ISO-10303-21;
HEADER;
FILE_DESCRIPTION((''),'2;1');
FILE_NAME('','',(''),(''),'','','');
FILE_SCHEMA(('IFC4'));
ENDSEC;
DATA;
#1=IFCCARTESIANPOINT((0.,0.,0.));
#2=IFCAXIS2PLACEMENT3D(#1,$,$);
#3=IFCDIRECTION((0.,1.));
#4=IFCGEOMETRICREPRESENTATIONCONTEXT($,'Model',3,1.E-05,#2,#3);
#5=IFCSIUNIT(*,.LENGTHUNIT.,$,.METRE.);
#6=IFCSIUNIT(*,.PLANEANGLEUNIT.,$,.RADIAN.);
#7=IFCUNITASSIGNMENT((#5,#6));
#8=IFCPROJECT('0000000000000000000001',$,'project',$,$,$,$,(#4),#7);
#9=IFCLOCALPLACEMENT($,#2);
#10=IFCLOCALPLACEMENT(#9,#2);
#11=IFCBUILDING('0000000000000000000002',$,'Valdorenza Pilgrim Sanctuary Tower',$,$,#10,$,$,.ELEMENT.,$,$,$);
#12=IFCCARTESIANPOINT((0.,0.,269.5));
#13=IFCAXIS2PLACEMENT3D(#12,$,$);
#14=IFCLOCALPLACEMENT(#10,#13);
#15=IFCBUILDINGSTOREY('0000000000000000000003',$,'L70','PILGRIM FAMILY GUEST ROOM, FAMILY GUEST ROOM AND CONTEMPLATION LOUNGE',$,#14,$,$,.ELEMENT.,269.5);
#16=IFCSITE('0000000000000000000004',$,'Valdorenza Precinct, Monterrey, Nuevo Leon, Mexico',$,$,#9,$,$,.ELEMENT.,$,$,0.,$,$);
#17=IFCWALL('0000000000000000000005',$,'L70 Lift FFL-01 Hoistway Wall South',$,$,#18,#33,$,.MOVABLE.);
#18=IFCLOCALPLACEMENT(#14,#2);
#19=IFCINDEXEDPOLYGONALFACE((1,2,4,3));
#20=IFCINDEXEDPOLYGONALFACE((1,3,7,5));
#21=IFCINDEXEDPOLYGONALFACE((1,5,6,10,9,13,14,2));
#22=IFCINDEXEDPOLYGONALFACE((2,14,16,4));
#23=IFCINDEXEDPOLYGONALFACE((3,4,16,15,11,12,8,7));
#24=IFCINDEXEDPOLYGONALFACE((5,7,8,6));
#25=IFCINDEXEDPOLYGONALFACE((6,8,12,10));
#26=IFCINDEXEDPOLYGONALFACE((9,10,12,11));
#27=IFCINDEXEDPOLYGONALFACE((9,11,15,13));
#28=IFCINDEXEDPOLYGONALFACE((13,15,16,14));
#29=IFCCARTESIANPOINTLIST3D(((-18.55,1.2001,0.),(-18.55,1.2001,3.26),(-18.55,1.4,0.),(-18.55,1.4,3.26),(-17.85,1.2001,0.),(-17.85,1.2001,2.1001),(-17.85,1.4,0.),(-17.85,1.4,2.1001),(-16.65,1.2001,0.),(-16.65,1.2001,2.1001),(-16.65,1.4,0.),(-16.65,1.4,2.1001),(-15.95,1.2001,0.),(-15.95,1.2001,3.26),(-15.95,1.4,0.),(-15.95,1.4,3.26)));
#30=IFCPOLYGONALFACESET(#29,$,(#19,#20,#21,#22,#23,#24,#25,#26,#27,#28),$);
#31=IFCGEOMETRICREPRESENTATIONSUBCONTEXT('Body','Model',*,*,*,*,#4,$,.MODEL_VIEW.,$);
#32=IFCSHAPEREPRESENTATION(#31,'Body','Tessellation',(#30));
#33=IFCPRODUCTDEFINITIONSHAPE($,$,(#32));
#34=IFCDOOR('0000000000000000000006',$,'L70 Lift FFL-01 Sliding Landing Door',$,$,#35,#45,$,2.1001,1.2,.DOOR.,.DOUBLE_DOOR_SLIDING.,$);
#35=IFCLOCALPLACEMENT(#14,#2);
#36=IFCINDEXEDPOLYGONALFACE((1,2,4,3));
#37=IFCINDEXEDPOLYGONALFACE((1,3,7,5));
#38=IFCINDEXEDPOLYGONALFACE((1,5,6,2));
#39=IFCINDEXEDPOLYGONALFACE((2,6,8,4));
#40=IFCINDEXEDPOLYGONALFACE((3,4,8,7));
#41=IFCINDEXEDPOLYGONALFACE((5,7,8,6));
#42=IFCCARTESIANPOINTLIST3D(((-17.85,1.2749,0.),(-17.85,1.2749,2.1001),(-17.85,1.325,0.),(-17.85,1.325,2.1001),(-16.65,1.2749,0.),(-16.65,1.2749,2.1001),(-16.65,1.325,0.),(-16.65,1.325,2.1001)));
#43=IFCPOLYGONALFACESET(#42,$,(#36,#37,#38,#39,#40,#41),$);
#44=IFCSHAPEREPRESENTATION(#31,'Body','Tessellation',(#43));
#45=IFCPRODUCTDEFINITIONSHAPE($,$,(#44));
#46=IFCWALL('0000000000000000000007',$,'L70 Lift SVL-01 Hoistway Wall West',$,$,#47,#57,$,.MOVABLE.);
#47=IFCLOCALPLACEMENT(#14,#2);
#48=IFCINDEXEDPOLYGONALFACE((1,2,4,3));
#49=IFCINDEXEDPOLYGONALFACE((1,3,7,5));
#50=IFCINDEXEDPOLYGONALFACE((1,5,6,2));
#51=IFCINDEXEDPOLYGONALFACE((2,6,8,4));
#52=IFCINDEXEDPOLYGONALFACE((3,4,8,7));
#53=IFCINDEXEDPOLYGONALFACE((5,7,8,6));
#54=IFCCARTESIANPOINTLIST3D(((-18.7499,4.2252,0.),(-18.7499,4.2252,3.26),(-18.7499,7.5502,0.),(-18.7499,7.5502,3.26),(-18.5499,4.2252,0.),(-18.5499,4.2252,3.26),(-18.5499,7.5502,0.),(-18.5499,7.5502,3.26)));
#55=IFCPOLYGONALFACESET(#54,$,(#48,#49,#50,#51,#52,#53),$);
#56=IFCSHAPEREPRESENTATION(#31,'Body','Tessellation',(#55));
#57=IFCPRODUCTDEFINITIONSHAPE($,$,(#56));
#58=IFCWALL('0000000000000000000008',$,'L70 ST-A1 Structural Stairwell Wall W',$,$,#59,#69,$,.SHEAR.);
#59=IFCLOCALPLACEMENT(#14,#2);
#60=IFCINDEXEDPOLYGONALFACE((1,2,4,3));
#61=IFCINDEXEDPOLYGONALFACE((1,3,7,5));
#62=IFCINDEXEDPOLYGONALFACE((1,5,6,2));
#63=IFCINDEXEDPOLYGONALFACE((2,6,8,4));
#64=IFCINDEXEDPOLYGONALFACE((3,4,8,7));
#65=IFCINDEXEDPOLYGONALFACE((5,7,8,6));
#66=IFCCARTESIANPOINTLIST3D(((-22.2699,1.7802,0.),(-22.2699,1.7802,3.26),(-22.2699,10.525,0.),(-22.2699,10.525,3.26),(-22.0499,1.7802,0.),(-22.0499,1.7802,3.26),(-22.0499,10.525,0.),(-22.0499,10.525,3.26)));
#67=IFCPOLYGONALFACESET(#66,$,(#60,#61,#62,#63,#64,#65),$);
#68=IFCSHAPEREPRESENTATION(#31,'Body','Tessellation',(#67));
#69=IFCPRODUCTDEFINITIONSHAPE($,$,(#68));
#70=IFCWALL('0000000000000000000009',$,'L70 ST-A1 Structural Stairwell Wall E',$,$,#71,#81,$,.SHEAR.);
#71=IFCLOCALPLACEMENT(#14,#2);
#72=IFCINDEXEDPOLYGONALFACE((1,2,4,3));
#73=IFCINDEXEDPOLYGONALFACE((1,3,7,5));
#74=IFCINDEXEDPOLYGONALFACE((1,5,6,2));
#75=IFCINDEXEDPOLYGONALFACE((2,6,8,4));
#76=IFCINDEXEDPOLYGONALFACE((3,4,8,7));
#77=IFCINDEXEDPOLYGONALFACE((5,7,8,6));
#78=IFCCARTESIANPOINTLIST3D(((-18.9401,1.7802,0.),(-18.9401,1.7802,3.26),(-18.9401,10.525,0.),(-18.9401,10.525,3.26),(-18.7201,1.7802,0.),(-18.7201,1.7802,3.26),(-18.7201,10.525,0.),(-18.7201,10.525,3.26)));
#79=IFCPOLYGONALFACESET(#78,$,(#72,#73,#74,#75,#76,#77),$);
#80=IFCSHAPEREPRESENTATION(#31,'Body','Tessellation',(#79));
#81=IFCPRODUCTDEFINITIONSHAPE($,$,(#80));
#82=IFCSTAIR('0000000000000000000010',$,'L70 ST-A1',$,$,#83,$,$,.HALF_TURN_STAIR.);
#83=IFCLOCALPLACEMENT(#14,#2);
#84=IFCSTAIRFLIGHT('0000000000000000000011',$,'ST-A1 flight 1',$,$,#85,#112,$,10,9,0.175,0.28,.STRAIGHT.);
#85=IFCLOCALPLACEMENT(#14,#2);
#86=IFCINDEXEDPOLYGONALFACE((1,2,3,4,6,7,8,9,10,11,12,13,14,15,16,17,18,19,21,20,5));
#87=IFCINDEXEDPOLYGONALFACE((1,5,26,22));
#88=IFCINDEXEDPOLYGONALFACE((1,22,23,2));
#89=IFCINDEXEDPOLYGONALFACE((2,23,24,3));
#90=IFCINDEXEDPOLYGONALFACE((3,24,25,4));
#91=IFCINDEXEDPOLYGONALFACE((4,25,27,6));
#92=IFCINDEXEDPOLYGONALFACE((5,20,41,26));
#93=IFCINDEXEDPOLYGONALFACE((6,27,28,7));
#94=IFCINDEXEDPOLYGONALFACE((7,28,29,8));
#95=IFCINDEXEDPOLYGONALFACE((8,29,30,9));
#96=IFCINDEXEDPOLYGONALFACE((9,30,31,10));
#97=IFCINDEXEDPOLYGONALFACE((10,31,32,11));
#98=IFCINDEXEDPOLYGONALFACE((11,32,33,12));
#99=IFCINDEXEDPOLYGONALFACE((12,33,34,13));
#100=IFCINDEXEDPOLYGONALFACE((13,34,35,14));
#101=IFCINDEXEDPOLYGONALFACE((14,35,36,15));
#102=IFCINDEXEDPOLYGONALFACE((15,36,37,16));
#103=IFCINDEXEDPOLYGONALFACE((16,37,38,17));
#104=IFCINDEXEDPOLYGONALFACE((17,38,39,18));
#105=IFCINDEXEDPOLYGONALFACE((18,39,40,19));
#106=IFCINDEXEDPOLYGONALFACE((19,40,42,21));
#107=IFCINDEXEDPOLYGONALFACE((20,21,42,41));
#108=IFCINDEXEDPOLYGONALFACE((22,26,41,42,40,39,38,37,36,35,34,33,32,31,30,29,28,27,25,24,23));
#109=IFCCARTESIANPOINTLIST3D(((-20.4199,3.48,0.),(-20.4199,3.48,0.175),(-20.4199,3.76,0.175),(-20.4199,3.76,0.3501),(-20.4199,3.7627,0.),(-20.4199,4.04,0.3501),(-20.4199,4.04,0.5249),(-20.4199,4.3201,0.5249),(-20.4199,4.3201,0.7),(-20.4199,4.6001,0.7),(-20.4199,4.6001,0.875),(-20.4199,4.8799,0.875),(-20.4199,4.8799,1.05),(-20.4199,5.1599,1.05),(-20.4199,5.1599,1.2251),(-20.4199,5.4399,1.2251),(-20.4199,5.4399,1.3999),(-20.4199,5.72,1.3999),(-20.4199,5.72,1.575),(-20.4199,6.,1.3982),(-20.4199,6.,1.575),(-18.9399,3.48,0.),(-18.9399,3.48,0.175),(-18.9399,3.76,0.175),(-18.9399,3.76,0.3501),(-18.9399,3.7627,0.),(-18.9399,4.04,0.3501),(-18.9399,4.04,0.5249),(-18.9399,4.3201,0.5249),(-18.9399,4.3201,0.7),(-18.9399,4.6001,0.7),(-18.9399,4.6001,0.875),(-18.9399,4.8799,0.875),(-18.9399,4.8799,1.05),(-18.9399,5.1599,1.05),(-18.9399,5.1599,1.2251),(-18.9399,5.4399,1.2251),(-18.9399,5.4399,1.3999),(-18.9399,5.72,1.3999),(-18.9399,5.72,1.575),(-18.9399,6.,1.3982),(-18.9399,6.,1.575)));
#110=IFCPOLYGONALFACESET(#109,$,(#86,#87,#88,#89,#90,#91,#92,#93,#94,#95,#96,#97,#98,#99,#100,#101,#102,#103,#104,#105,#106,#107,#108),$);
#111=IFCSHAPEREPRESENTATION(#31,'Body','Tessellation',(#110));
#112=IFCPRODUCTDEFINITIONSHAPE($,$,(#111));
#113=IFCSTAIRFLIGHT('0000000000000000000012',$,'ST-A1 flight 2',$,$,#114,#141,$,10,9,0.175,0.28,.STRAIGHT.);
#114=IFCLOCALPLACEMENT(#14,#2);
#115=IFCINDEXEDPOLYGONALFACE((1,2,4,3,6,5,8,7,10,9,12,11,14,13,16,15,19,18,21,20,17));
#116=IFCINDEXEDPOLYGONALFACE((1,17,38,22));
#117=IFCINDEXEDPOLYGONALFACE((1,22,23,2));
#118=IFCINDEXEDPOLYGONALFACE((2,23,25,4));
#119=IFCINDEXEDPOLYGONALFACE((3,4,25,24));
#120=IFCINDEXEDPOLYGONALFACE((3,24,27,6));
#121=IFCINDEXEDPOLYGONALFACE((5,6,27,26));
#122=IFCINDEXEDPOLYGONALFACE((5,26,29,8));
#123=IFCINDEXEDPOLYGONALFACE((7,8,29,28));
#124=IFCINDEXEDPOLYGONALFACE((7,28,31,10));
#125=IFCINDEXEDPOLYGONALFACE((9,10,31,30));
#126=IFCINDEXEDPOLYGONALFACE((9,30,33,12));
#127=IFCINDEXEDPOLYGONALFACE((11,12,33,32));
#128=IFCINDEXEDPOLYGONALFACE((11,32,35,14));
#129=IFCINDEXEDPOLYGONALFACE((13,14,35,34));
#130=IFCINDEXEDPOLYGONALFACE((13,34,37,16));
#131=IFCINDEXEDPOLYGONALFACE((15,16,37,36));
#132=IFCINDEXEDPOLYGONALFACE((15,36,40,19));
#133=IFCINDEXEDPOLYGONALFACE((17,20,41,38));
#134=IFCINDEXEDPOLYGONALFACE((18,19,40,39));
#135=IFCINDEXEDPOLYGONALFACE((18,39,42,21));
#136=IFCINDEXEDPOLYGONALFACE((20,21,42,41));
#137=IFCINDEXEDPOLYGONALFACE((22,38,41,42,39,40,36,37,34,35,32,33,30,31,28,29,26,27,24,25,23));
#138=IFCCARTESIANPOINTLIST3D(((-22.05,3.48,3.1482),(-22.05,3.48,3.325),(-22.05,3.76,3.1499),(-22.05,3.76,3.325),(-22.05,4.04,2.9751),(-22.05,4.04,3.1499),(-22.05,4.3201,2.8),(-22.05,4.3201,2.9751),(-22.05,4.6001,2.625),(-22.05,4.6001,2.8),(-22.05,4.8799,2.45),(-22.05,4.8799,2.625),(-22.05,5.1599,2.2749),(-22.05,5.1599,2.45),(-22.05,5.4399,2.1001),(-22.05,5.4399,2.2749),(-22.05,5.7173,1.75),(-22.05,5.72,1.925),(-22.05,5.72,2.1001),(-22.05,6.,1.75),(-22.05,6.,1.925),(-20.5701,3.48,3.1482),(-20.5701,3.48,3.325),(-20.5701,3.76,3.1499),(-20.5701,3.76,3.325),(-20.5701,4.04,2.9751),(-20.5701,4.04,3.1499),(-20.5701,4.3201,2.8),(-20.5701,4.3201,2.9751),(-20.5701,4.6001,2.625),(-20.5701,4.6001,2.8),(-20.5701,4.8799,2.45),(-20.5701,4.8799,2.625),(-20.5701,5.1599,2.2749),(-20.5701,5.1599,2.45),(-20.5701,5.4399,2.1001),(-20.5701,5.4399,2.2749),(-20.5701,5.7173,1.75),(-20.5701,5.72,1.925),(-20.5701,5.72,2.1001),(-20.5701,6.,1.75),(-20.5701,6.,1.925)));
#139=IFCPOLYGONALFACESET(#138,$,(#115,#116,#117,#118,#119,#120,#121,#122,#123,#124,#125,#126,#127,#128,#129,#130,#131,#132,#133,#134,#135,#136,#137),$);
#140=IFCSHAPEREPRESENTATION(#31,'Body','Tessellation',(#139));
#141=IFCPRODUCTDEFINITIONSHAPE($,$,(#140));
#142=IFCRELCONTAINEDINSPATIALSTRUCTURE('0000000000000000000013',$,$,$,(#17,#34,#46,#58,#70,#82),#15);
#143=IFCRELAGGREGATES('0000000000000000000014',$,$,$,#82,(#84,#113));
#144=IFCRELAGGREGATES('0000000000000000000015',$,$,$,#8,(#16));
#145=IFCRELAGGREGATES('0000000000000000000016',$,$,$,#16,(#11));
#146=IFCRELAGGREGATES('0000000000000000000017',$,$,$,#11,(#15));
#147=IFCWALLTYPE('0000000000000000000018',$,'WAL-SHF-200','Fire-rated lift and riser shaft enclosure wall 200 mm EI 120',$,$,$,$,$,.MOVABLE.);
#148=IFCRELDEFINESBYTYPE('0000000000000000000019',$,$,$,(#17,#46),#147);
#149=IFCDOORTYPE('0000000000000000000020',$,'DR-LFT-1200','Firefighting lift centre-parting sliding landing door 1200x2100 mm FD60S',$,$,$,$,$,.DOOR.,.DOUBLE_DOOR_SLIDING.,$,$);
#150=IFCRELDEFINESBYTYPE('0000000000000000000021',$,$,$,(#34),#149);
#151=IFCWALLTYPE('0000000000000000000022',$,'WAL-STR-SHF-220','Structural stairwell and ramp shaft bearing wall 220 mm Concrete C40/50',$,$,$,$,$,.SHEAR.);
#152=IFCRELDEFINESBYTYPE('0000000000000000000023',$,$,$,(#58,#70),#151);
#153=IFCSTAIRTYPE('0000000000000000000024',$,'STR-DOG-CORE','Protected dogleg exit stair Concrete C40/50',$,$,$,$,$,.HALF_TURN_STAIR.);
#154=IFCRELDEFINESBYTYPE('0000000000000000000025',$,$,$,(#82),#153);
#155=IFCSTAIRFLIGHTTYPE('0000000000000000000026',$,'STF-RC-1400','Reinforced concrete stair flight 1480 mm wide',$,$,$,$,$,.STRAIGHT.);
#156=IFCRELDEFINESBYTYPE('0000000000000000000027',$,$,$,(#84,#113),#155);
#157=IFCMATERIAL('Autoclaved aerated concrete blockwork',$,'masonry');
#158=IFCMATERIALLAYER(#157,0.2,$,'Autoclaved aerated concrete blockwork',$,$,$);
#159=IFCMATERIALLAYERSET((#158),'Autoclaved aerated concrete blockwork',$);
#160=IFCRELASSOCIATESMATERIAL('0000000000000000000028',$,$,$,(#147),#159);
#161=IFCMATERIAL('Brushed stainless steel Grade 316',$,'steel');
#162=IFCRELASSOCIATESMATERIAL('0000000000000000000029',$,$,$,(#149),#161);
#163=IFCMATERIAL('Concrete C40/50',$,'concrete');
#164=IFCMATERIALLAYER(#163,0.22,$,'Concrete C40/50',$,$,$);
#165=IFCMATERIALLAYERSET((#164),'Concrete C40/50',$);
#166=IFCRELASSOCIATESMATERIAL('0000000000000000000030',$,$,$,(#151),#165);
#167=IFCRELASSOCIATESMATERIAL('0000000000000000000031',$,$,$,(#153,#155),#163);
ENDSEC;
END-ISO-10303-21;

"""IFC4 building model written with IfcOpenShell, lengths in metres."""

from ifc_helpers import new_model, si_unit, direction, frame, frame_2d, origin, place, context, subcontext, project, spatial, polyline, rectangle, outline, extrude, material, layer, layer_set, type_object, element, fill, aggregate, save


model = new_model("IFC4")

# Units and contexts
model_context = context("Model", 3, precision=1e-05, world=origin(), true_north=direction((0.0, 1.0)))
body_context = subcontext(model_context, "Body", "Model", "MODEL_VIEW")
ifc_project = project(units=[si_unit("LENGTHUNIT", "METRE"), si_unit("PLANEANGLEUNIT", "RADIAN")], contexts=[model_context])

# Site, building, storey
site_placement = place(None, origin())
site = spatial("IfcSite", under=ifc_project, at=site_placement, Name="Valdorenza Precinct, Monterrey, Nuevo Leon, Mexico", CompositionType="ELEMENT", RefElevation=0.0)
building_placement = place(site_placement, origin())
building = spatial("IfcBuilding", under=site, at=building_placement, Name="Valdorenza Pilgrim Sanctuary Tower", CompositionType="ELEMENT")
storey_placement = place(building_placement, frame((0.0, 0.0, 269.5)))
storey = spatial("IfcBuildingStorey", under=building, at=storey_placement, Name="L70", Description="PILGRIM FAMILY GUEST ROOM, FAMILY GUEST ROOM AND CONTEMPLATION LOUNGE", CompositionType="ELEMENT", Elevation=269.5)

# Shared definitions
ifc_material_1 = material(Name="Autoclaved aerated concrete blockwork", Category="masonry")
ifc_layer_1 = layer(ifc_material_1, 0.2, Name="Autoclaved aerated concrete blockwork")
ifc_layer_set_1 = layer_set([ifc_layer_1], Name="Autoclaved aerated concrete blockwork")
wall_type_1 = type_object("IfcWallType", Name="WAL-SHF-200", Description="Fire-rated lift and riser shaft enclosure wall 200 mm EI 120", PredefinedType="MOVABLE", material=ifc_layer_set_1)

# Wall, opening, door
wall_1_placement = place(storey_placement, frame((-18.55, 1.3, 0.0), z_axis=(0.0, 0.0, 1.0), x_axis=(1.0, 0.0, 0.0)))
wall_1 = element("IfcWall", 1, at=wall_1_placement, inside=storey, type_object=wall_type_1, Name="L70 Lift FFL-01 Hoistway Wall South", PredefinedType="MOVABLE", context=body_context, shape_type="SweptSolid", body=[
    extrude(rectangle(XDim=2.6001, YDim=0.2, at=frame_2d((1.3, 0.0))), origin(), (0.0, 0.0, 1.0), 3.26),
])
opening_1_placement = place(wall_1_placement, frame((0.7, 0.0, 0.0)))
opening_1 = element("IfcOpeningElement", 2, at=opening_1_placement, cuts=wall_1, PredefinedType="OPENING", context=body_context, shape_type="SweptSolid", body=[
    extrude(rectangle(XDim=1.2, YDim=2.1001, at=frame_2d((0.6001, 1.05))), frame((0.0, 0.1147, 0.0), z_axis=(0.0, -1.0, 0.0), x_axis=(1.0, 0.0, 0.0)), (0.0, 0.0, 1.0), 0.2297),
])
ifc_material_2 = material(Name="Brushed stainless steel Grade 316", Category="steel")
door_type_1 = type_object("IfcDoorType", Name="DR-LFT-1200", Description="Firefighting lift centre-parting sliding landing door 1200x2100 mm FD60S", OperationType="DOUBLE_DOOR_SLIDING", PredefinedType="DOOR", material=ifc_material_2)
door_1_placement = place(opening_1_placement, origin())
door_1 = element("IfcDoor", 3, at=door_1_placement, inside=storey, type_object=door_type_1, Name="L70 Lift FFL-01 Sliding Landing Door", OperationType="DOUBLE_DOOR_SLIDING", OverallHeight=2.1001, OverallWidth=1.2, PredefinedType="DOOR", context=body_context, shape_type="SweptSolid", body=[
    extrude(rectangle(XDim=1.2, YDim=2.1001, at=frame_2d((0.6001, 1.05))), frame((0.0, 0.0249, 0.0), z_axis=(0.0, -1.0, 0.0), x_axis=(1.0, 0.0, 0.0)), (0.0, 0.0, 1.0), 0.05),
])
fill(opening_1, door_1)

# Walls
wall_2_placement = place(storey_placement, frame((-18.6499, 4.2251, 0.0), z_axis=(0.0, 0.0, 1.0), x_axis=(0.0, 1.0, 0.0)))
element("IfcWall", 4, at=wall_2_placement, inside=storey, type_object=wall_type_1, Name="L70 Lift SVL-01 Hoistway Wall West", PredefinedType="MOVABLE", context=body_context, shape_type="SweptSolid", body=[
    extrude(rectangle(XDim=3.325, YDim=0.2, at=frame_2d((1.6626, 0.0))), origin(), (0.0, 0.0, 1.0), 3.26),
])
ifc_material_3 = material(Name="Concrete C40/50", Category="concrete")
ifc_layer_2 = layer(ifc_material_3, 0.22, Name="Concrete C40/50")
ifc_layer_set_2 = layer_set([ifc_layer_2], Name="Concrete C40/50")
wall_type_2 = type_object("IfcWallType", Name="WAL-STR-SHF-220", Description="Structural stairwell and ramp shaft bearing wall 220 mm Concrete C40/50", PredefinedType="SHEAR", material=ifc_layer_set_2)
for number, where, z_axis, x_axis, name in (
    (5, (-22.1599, 1.78, 0.0), (0.0, 0.0, 1.0), (0.0, 1.0, 0.0), "L70 ST-A1 Structural Stairwell Wall W"),
    (6, (-18.8301, 1.78, 0.0), (0.0, 0.0, 1.0), (0.0, 1.0, 0.0), "L70 ST-A1 Structural Stairwell Wall E"),
):
    element("IfcWall", number, at=place(storey_placement, frame(where, z_axis=z_axis, x_axis=x_axis)), inside=storey, type_object=wall_type_2, Name=name, PredefinedType="SHEAR", context=body_context, shape_type="SweptSolid", body=[
        extrude(rectangle(XDim=8.7449, YDim=0.22, at=frame_2d((4.3726, 0.0))), origin(), (0.0, 0.0, 1.0), 3.26),
    ])

# Stair, stair flights
stair_type = type_object("IfcStairType", Name="STR-DOG-CORE", Description="Protected dogleg exit stair Concrete C40/50", PredefinedType="HALF_TURN_STAIR", material=ifc_material_3)
stair_placement = place(storey_placement, origin())
stair = element("IfcStair", 7, at=stair_placement, inside=storey, type_object=stair_type, Name="L70 ST-A1", PredefinedType="HALF_TURN_STAIR")
stair_flight_type = type_object("IfcStairFlightType", Name="STF-RC-1400", Description="Reinforced concrete stair flight 1480 mm wide", PredefinedType="STRAIGHT", material=ifc_material_3)
stair_flight_1_placement = place(storey_placement, frame((-19.6799, 3.48, 0.0), z_axis=(0.0, 0.0, 1.0), x_axis=(0.0, 1.0, 0.0)))
stair_flight_1 = element("IfcStairFlight", 8, at=stair_flight_1_placement, type_object=stair_flight_type, Name="ST-A1 flight 1", NumberOfRisers=10, NumberOfTreads=9, PredefinedType="STRAIGHT", RiserHeight=0.175, TreadLength=0.28, context=body_context, shape_type="SweptSolid", body=[
    extrude(outline(polyline([(0.0, 0.0), (0.0, 0.175), (0.28, 0.175), (0.28, 0.3501), (0.5601, 0.3501), (0.5601, 0.5249), (0.8401, 0.5249), (0.8401, 0.7), (1.1201, 0.7), (1.1201, 0.875), (1.3999, 0.875), (1.3999, 1.05), (1.6799, 1.05), (1.6799, 1.2251), (1.96, 1.2251), (1.96, 1.3999), (2.24, 1.3999), (2.24, 1.575), (2.52, 1.575), (2.52, 1.75), (2.52, 1.3982), (0.2827, 0.0), (0.0, 0.0)])), frame((0.0, 0.74, 0.0), z_axis=(0.0, -1.0, 0.0), x_axis=(1.0, 0.0, 0.0)), (0.0, 0.0, 1.0), 1.48),
])
stair_flight_2_placement = place(storey_placement, frame((-21.3101, 6.0, 1.75), z_axis=(0.0, 0.0, 1.0), x_axis=(0.0, -1.0, 0.0)))
stair_flight_2 = element("IfcStairFlight", 9, at=stair_flight_2_placement, type_object=stair_flight_type, Name="ST-A1 flight 2", NumberOfRisers=10, NumberOfTreads=9, PredefinedType="STRAIGHT", RiserHeight=0.175, TreadLength=0.28, context=body_context, shape_type="SweptSolid", body=[
    extrude(outline(polyline([(0.0, 0.0), (0.0, 0.175), (0.28, 0.175), (0.28, 0.3501), (0.5601, 0.3501), (0.5601, 0.5249), (0.8401, 0.5249), (0.8401, 0.7), (1.1201, 0.7), (1.1201, 0.875), (1.3999, 0.875), (1.3999, 1.05), (1.6799, 1.05), (1.6799, 1.2251), (1.96, 1.2251), (1.96, 1.3999), (2.24, 1.3999), (2.24, 1.575), (2.52, 1.575), (2.52, 1.75), (2.52, 1.3982), (0.2827, 0.0), (0.0, 0.0)])), frame((0.0, 0.74, 0.0), z_axis=(0.0, -1.0, 0.0), x_axis=(1.0, 0.0, 0.0)), (0.0, 0.0, 1.0), 1.48),
])
aggregate(stair, [stair_flight_1, stair_flight_2])

save(model, "model.ifc")
